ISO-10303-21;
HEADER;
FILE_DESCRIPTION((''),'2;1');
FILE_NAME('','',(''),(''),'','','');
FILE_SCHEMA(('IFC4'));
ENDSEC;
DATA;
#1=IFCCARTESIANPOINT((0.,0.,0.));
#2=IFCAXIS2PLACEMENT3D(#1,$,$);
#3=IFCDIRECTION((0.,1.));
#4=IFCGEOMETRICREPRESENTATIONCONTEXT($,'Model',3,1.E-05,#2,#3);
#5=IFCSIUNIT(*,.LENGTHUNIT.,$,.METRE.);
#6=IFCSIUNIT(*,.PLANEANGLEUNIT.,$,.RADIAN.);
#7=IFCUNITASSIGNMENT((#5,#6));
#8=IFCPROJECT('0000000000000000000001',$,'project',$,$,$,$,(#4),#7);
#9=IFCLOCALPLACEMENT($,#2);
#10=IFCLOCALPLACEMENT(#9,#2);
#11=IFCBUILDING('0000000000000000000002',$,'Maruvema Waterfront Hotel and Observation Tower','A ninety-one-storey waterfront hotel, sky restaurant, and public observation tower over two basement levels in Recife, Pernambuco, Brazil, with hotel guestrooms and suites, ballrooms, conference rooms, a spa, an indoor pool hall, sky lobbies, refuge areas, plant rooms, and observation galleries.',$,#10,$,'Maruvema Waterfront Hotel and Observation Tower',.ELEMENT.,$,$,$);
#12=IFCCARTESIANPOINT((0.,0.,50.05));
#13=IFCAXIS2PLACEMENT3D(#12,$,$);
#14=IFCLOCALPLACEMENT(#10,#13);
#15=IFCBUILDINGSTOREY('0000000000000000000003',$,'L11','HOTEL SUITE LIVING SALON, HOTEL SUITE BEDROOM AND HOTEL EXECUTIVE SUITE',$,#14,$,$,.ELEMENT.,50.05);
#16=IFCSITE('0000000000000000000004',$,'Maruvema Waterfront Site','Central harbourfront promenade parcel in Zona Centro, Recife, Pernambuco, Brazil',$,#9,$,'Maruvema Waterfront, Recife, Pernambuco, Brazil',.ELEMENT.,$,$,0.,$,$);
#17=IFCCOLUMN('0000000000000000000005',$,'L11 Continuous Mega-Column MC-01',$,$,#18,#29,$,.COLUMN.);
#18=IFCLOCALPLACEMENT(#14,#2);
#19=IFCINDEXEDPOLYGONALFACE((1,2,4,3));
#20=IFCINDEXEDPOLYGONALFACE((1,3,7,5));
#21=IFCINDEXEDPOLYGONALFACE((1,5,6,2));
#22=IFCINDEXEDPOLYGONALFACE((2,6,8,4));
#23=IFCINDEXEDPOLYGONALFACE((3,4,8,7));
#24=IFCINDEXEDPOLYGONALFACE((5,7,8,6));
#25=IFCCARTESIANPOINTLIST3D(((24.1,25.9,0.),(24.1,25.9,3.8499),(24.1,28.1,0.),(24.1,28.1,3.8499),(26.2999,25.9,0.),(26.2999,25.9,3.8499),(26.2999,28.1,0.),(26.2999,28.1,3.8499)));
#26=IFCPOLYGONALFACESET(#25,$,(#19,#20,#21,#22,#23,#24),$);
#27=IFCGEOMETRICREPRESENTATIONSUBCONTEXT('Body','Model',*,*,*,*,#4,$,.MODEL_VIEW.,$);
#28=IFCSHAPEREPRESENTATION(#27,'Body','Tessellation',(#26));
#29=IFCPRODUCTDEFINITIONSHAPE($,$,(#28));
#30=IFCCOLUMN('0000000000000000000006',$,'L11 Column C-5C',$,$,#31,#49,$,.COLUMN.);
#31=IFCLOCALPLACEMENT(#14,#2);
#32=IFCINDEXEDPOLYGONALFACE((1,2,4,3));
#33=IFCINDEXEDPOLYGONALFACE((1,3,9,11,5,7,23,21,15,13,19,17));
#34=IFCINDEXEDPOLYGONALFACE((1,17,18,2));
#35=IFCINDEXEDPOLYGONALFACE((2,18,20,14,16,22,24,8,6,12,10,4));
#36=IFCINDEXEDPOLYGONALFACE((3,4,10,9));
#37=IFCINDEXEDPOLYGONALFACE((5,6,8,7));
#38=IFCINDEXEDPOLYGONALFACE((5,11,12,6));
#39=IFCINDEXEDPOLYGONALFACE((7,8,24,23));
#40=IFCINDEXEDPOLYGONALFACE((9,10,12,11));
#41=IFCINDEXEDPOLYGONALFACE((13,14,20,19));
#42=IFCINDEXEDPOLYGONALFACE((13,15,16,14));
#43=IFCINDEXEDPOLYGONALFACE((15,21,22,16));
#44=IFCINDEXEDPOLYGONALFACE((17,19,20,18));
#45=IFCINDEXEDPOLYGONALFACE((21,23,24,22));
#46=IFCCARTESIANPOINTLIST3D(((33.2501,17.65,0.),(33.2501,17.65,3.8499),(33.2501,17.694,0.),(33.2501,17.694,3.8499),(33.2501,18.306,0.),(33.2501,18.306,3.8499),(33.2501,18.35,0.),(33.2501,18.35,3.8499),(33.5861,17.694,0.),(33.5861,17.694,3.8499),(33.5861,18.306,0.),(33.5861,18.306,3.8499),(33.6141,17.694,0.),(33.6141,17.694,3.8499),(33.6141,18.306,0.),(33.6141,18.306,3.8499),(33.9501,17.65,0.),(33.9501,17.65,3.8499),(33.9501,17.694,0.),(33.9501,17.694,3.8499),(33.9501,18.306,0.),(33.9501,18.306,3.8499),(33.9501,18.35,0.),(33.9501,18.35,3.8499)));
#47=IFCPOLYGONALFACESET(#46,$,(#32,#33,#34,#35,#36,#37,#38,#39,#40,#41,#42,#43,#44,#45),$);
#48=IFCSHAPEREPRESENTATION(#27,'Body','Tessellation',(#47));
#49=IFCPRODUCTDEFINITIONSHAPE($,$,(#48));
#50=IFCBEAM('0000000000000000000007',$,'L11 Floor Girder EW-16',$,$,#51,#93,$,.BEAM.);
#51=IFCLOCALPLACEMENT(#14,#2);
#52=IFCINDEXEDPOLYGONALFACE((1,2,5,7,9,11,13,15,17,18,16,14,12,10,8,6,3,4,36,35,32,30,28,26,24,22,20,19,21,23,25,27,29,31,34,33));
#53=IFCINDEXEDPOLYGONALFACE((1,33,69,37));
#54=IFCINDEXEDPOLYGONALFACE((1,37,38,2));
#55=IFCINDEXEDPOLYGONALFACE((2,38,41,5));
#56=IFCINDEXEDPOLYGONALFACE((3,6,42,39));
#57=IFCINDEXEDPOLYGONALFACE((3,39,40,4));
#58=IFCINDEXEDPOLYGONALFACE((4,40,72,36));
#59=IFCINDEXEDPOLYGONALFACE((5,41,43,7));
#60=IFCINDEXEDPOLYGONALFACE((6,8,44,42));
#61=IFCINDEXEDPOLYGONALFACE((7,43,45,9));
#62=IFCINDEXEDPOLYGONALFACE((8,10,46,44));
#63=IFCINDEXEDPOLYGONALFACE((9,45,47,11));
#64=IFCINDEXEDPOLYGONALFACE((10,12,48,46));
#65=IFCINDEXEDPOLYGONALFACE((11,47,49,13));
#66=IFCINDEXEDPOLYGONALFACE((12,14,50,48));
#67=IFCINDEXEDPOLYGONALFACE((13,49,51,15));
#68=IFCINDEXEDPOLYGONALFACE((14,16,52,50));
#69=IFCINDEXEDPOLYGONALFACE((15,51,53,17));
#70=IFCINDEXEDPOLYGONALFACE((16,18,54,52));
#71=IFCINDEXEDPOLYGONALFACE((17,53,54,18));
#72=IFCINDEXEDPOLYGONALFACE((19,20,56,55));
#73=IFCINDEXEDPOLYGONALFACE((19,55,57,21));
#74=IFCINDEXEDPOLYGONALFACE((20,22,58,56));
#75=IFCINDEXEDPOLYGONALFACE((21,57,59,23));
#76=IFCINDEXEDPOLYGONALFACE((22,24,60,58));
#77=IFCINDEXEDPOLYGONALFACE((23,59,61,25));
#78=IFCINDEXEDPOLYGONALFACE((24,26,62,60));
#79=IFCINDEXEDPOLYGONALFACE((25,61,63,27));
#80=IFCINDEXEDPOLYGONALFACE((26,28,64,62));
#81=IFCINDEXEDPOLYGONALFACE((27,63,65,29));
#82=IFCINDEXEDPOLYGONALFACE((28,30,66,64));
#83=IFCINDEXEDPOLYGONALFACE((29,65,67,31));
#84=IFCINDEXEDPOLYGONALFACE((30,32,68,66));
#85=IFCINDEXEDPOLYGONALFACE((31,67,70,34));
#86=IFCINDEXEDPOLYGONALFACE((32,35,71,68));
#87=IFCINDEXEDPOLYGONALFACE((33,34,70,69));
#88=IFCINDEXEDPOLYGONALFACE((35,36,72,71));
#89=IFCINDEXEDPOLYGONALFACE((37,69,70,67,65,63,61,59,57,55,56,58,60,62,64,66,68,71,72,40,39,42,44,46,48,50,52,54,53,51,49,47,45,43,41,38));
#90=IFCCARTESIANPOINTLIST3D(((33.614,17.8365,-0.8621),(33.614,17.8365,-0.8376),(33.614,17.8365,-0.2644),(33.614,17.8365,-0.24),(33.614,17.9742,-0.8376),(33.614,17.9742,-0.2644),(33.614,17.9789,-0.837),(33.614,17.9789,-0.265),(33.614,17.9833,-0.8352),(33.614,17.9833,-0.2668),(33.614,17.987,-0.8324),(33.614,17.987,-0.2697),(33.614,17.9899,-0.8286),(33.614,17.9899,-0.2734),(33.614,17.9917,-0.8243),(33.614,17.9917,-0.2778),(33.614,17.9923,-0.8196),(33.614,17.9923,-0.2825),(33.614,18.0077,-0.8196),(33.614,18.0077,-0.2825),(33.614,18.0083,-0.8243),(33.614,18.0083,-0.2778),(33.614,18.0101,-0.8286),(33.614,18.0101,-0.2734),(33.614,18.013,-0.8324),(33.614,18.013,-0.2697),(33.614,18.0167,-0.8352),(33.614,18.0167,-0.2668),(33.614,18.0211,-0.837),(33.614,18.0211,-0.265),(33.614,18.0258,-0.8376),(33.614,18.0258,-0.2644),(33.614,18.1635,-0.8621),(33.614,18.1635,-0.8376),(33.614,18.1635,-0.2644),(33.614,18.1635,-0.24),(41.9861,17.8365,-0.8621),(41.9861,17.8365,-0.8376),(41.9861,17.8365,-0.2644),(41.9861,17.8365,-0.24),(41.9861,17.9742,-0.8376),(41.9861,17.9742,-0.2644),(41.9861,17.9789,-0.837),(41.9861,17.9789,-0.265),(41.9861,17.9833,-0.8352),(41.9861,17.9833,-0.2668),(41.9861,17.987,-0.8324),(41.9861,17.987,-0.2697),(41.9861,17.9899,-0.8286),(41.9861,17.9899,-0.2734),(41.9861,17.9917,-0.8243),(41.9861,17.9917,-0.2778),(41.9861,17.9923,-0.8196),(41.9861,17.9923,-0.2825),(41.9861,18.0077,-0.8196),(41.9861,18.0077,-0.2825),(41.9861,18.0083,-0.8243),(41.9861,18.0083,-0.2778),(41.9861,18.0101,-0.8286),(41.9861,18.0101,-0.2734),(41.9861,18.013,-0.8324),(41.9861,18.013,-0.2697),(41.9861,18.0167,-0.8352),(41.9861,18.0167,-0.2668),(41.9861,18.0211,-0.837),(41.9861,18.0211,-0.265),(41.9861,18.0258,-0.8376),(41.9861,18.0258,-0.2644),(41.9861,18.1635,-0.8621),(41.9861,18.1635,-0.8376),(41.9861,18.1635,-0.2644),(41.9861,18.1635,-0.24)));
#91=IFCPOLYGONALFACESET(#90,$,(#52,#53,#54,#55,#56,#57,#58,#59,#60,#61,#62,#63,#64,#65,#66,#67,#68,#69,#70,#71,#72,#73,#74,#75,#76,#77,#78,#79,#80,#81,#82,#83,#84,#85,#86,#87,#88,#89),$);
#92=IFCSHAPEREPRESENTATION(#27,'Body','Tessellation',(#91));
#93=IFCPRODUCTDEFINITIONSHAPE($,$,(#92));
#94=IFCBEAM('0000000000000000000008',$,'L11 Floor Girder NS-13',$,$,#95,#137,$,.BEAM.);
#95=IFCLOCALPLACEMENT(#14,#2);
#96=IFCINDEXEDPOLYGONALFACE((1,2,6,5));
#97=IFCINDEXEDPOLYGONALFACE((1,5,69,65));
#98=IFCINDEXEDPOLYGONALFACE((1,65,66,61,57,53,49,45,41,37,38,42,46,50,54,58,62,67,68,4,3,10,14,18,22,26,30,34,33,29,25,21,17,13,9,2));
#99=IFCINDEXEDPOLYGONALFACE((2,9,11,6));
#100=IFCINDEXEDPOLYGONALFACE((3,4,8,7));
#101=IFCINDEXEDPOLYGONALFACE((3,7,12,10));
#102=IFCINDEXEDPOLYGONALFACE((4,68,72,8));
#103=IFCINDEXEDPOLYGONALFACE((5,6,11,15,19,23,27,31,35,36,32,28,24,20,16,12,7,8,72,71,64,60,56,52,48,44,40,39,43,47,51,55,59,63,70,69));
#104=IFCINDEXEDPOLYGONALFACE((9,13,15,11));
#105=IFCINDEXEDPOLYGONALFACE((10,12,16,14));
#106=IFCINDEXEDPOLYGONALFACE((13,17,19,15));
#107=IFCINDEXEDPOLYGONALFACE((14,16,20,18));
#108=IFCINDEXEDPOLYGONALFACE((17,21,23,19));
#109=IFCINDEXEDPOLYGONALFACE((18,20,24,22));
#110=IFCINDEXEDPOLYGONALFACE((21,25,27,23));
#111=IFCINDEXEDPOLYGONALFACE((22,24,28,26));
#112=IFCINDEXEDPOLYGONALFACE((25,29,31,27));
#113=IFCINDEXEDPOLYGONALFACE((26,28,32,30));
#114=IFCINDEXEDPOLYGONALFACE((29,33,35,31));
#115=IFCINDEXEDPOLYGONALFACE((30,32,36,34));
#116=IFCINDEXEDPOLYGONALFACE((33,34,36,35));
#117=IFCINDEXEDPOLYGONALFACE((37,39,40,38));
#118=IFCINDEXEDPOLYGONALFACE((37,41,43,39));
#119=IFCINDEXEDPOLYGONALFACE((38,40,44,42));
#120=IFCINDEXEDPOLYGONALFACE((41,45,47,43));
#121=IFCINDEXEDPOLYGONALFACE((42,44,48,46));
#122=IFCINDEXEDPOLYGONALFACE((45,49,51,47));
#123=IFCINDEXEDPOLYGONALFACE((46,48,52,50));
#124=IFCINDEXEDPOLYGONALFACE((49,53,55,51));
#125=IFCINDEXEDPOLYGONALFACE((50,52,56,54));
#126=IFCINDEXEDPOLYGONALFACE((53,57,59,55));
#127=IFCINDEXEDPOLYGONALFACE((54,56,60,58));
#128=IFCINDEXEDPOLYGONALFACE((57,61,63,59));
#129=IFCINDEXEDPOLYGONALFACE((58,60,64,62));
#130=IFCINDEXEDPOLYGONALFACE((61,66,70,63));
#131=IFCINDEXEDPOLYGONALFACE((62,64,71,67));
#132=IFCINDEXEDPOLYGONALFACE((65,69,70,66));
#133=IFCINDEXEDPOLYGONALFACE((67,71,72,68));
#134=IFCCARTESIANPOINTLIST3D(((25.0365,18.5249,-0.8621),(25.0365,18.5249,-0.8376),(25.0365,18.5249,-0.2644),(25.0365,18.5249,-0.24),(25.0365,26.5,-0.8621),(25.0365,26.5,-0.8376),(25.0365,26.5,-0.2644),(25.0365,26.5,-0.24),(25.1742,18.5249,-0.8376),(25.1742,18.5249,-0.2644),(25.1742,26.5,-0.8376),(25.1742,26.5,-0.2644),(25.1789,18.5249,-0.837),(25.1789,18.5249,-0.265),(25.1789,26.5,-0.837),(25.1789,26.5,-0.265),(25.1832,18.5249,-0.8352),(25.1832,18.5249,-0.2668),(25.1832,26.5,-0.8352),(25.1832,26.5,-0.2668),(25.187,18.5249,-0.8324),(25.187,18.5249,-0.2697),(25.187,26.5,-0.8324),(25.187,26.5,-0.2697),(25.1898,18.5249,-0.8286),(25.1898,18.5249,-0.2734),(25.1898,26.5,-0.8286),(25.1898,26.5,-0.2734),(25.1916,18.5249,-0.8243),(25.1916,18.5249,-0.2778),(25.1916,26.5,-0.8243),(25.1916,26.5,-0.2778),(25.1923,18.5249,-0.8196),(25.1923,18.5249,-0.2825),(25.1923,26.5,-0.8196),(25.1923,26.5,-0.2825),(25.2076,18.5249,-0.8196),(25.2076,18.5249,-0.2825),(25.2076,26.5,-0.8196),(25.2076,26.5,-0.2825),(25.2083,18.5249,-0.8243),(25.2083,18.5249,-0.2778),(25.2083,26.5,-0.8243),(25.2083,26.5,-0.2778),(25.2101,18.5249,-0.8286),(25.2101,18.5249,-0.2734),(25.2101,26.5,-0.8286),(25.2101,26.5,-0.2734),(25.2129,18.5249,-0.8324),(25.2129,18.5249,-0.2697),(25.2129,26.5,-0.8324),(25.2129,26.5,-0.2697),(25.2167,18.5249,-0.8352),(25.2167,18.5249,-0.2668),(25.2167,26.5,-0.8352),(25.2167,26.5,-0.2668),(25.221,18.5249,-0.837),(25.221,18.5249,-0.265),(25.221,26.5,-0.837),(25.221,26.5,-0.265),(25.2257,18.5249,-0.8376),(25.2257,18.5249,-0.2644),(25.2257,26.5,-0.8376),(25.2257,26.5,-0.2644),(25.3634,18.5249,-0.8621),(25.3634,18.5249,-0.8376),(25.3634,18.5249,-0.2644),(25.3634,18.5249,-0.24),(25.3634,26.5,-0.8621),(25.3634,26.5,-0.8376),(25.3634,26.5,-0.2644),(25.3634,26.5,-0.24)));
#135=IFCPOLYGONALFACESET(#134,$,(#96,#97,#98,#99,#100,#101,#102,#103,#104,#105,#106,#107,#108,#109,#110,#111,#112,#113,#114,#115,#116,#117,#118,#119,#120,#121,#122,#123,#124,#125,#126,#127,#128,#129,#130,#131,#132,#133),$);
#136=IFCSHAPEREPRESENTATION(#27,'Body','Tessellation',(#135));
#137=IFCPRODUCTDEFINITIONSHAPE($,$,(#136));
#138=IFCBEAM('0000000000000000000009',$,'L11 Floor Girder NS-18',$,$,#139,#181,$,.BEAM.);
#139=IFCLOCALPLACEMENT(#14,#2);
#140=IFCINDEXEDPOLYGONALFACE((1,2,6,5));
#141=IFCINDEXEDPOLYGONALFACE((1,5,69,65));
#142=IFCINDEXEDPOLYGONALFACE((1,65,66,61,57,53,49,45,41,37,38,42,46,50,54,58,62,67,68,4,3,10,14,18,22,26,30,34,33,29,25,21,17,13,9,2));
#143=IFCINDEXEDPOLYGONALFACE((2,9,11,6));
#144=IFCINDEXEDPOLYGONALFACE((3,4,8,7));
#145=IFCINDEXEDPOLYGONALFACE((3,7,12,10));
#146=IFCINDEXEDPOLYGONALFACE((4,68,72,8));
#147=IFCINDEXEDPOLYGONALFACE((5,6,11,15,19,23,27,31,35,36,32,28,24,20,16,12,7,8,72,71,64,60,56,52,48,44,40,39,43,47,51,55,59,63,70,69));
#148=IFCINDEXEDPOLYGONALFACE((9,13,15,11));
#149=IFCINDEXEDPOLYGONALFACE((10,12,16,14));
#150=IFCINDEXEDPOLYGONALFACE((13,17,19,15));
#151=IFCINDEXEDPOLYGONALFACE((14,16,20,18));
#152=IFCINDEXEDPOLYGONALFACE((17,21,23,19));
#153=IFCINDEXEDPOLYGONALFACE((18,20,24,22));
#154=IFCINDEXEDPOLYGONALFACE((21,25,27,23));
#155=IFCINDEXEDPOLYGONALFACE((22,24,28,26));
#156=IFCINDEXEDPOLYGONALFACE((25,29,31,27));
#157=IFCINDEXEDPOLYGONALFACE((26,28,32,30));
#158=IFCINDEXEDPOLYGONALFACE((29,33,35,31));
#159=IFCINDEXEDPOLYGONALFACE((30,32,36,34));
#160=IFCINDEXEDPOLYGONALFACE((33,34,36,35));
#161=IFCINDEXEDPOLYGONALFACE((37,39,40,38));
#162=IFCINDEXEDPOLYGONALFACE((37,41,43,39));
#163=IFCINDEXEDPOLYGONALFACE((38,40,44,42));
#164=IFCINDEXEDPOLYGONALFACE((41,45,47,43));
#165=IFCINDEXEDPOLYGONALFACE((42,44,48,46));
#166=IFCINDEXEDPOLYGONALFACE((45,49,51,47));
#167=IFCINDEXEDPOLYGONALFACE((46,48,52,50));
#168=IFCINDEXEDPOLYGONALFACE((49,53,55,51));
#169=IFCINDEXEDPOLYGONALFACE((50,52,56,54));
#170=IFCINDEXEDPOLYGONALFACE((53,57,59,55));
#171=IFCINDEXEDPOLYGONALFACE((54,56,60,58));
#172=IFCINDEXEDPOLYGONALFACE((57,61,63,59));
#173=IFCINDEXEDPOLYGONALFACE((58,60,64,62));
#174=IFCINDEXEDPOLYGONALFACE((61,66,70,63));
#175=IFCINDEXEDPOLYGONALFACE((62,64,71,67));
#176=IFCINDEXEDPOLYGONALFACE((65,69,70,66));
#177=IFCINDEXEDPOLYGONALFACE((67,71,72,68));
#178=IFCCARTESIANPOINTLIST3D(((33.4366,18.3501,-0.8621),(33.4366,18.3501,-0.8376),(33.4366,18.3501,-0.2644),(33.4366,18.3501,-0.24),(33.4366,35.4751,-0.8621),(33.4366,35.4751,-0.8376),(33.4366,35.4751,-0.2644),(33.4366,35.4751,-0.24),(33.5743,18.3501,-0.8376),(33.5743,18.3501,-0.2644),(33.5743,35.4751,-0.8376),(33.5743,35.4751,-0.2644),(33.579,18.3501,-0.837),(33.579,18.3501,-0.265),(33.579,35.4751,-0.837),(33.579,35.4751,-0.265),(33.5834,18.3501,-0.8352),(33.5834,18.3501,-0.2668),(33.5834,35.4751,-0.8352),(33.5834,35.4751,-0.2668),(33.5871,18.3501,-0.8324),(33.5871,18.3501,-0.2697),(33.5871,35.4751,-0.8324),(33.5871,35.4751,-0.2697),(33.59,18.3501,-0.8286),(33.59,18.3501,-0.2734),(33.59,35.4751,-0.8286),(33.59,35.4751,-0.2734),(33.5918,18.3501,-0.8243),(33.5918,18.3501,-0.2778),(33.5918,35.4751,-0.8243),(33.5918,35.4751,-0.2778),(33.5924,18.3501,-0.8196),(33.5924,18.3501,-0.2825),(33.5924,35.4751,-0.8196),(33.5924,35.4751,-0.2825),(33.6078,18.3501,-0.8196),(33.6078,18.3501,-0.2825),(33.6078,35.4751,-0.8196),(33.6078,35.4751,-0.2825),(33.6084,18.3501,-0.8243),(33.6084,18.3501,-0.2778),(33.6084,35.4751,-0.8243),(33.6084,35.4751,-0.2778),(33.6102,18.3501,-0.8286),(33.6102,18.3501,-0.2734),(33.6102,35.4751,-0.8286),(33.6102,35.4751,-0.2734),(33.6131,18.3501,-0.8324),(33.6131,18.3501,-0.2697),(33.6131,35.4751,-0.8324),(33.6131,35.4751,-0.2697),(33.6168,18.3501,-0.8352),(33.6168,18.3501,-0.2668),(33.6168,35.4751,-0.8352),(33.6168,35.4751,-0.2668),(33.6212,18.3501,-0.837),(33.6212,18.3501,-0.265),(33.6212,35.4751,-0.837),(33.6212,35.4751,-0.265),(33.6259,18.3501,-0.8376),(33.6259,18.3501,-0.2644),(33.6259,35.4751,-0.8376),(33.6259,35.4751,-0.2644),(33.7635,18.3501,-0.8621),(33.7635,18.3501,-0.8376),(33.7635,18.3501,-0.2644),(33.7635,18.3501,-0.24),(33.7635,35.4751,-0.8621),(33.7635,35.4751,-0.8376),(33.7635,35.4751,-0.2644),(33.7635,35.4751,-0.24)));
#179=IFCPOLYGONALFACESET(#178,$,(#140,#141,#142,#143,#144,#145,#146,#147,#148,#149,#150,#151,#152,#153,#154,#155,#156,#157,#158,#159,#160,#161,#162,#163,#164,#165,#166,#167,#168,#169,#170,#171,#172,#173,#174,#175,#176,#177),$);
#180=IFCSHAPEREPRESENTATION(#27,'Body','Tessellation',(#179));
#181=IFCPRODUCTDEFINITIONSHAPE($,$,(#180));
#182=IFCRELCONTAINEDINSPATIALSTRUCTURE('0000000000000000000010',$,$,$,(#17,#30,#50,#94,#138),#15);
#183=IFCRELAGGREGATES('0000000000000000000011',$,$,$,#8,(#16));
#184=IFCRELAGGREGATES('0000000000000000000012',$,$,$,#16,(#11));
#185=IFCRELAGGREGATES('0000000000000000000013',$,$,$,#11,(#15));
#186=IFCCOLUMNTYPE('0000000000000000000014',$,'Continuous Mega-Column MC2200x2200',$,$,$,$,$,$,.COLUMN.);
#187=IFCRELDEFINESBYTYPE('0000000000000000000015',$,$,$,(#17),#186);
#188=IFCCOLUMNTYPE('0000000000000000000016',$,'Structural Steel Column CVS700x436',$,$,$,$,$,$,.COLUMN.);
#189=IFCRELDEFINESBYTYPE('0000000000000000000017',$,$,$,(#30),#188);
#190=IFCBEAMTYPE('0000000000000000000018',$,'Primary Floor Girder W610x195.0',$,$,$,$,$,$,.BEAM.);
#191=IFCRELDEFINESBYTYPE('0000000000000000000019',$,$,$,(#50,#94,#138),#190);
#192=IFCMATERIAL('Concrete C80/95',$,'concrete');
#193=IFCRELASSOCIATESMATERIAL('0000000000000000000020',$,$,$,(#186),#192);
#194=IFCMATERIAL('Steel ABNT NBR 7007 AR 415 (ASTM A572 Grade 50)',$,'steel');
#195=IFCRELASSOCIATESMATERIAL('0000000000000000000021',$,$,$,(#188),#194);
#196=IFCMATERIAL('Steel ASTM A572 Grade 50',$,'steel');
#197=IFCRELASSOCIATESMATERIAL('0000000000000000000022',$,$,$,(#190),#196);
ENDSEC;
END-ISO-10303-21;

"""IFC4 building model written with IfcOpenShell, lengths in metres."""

from ifc_helpers import new_model, si_unit, direction, frame, origin, origin_2d, place, context, subcontext, project, spatial, rectangle, i_section, extrude, material, material_profile, profile_set, type_object, element, save


model = new_model("IFC4")

# Units and contexts
model_context = context("Model", 3, precision=1e-05, world=origin(), true_north=direction((0.0, 1.0)))
body_context = subcontext(model_context, "Body", "Model", "MODEL_VIEW")
ifc_project = project(units=[si_unit("LENGTHUNIT", "METRE"), si_unit("PLANEANGLEUNIT", "RADIAN")], contexts=[model_context])

# Site, building, storey
site_placement = place(None, origin())
site = spatial("IfcSite", under=ifc_project, at=site_placement, Name="Maruvema Waterfront Site", Description="Central harbourfront promenade parcel in Zona Centro, Recife, Pernambuco, Brazil", LongName="Maruvema Waterfront, Recife, Pernambuco, Brazil", CompositionType="ELEMENT", RefElevation=0.0)
building_placement = place(site_placement, origin())
building = spatial("IfcBuilding", under=site, at=building_placement, Name="Maruvema Waterfront Hotel and Observation Tower", Description="A ninety-one-storey waterfront hotel, sky restaurant, and public observation tower over two basement levels in Recife, Pernambuco, Brazil, with hotel guestrooms and suites, ballrooms, conference rooms, a spa, an indoor pool hall, sky lobbies, refuge areas, plant rooms, and observation galleries.", LongName="Maruvema Waterfront Hotel and Observation Tower", CompositionType="ELEMENT")
storey_placement = place(building_placement, frame((0.0, 0.0, 50.05)))
storey = spatial("IfcBuildingStorey", under=building, at=storey_placement, Name="L11", Description="HOTEL SUITE LIVING SALON, HOTEL SUITE BEDROOM AND HOTEL EXECUTIVE SUITE", CompositionType="ELEMENT", Elevation=50.05)

# Columns
ifc_material_1 = material(Name="Concrete C80/95", Category="concrete")
ifc_material_profile_1 = material_profile(ifc_material_1, rectangle(XDim=2.2, YDim=2.2, at=origin_2d()), Name="MC2200x2200")
ifc_profile_set_1 = profile_set([ifc_material_profile_1], Name="Concrete C80/95")
column_type_1 = type_object("IfcColumnType", Name="Continuous Mega-Column MC2200x2200", PredefinedType="COLUMN", material=ifc_profile_set_1)
column_1_placement = place(storey_placement, frame((25.2, 27.0, 0.0), z_axis=(0.0, 0.0, 1.0), x_axis=(1.0, 0.0, 0.0)))
element("IfcColumn", 1, at=column_1_placement, inside=storey, type_object=column_type_1, Name="L11 Continuous Mega-Column MC-01", PredefinedType="COLUMN", context=body_context, shape_type="SweptSolid", body=[
    extrude(rectangle(XDim=2.2, YDim=2.2, at=origin_2d()), origin(), (0.0, 0.0, 1.0), 3.8499),
])
ifc_material_2 = material(Name="Steel ABNT NBR 7007 AR 415 (ASTM A572 Grade 50)", Category="steel")
ifc_material_profile_2 = material_profile(ifc_material_2, i_section(OverallWidth=0.7, OverallDepth=0.7, WebThickness=0.0281, FlangeThickness=0.0439, at=origin_2d()), Name="CVS700x436")
ifc_profile_set_2 = profile_set([ifc_material_profile_2], Name="Steel ABNT NBR 7007 AR 415 (ASTM A572 Grade 50)")
column_type_2 = type_object("IfcColumnType", Name="Structural Steel Column CVS700x436", PredefinedType="COLUMN", material=ifc_profile_set_2)
column_2_placement = place(storey_placement, frame((33.6001, 18.0, 0.0), z_axis=(0.0, 0.0, 1.0), x_axis=(1.0, 0.0, 0.0)))
element("IfcColumn", 2, at=column_2_placement, inside=storey, type_object=column_type_2, Name="L11 Column C-5C", PredefinedType="COLUMN", context=body_context, shape_type="SweptSolid", body=[
    extrude(i_section(OverallWidth=0.7, OverallDepth=0.7, WebThickness=0.0281, FlangeThickness=0.0439, at=origin_2d()), origin(), (0.0, 0.0, 1.0), 3.8499),
])

# Beams
ifc_material_3 = material(Name="Steel ASTM A572 Grade 50", Category="steel")
ifc_material_profile_3 = material_profile(ifc_material_3, i_section(OverallWidth=0.3269, OverallDepth=0.6221, WebThickness=0.0154, FlangeThickness=0.0244, FilletRadius=0.0181, at=origin_2d()), Name="W610x195.0")
ifc_profile_set_3 = profile_set([ifc_material_profile_3], Name="Steel ASTM A572 Grade 50")
beam_type_1 = type_object("IfcBeamType", Name="Primary Floor Girder W610x195.0", PredefinedType="BEAM", material=ifc_profile_set_3)
beam_1_placement = place(storey_placement, frame((33.614, 18.0, -0.551), z_axis=(1.0, 0.0, 0.0), x_axis=(0.0, 1.0, 0.0)))
element("IfcBeam", 3, at=beam_1_placement, inside=storey, type_object=beam_type_1, Name="L11 Floor Girder EW-16", PredefinedType="BEAM", context=body_context, shape_type="SweptSolid", body=[
    extrude(i_section(OverallWidth=0.3269, OverallDepth=0.6221, WebThickness=0.0154, FlangeThickness=0.0244, FilletRadius=0.0181, at=origin_2d()), origin(), (0.0, 0.0, 1.0), 8.3721),
])
beam_2_placement = place(storey_placement, frame((25.2, 18.5249, -0.551), z_axis=(0.0, 1.0, 0.0), x_axis=(-1.0, 0.0, 0.0)))
element("IfcBeam", 4, at=beam_2_placement, inside=storey, type_object=beam_type_1, Name="L11 Floor Girder NS-13", PredefinedType="BEAM", context=body_context, shape_type="SweptSolid", body=[
    extrude(i_section(OverallWidth=0.3269, OverallDepth=0.6221, WebThickness=0.0154, FlangeThickness=0.0244, FilletRadius=0.0181, at=origin_2d()), origin(), (0.0, 0.0, 1.0), 7.9751),
])
beam_3_placement = place(storey_placement, frame((33.6001, 18.3501, -0.551), z_axis=(0.0, 1.0, 0.0), x_axis=(-1.0, 0.0, 0.0)))
element("IfcBeam", 5, at=beam_3_placement, inside=storey, type_object=beam_type_1, Name="L11 Floor Girder NS-18", PredefinedType="BEAM", context=body_context, shape_type="SweptSolid", body=[
    extrude(i_section(OverallWidth=0.3269, OverallDepth=0.6221, WebThickness=0.0154, FlangeThickness=0.0244, FilletRadius=0.0181, at=origin_2d()), origin(), (0.0, 0.0, 1.0), 17.125),
])

save(model, "model.ifc")
